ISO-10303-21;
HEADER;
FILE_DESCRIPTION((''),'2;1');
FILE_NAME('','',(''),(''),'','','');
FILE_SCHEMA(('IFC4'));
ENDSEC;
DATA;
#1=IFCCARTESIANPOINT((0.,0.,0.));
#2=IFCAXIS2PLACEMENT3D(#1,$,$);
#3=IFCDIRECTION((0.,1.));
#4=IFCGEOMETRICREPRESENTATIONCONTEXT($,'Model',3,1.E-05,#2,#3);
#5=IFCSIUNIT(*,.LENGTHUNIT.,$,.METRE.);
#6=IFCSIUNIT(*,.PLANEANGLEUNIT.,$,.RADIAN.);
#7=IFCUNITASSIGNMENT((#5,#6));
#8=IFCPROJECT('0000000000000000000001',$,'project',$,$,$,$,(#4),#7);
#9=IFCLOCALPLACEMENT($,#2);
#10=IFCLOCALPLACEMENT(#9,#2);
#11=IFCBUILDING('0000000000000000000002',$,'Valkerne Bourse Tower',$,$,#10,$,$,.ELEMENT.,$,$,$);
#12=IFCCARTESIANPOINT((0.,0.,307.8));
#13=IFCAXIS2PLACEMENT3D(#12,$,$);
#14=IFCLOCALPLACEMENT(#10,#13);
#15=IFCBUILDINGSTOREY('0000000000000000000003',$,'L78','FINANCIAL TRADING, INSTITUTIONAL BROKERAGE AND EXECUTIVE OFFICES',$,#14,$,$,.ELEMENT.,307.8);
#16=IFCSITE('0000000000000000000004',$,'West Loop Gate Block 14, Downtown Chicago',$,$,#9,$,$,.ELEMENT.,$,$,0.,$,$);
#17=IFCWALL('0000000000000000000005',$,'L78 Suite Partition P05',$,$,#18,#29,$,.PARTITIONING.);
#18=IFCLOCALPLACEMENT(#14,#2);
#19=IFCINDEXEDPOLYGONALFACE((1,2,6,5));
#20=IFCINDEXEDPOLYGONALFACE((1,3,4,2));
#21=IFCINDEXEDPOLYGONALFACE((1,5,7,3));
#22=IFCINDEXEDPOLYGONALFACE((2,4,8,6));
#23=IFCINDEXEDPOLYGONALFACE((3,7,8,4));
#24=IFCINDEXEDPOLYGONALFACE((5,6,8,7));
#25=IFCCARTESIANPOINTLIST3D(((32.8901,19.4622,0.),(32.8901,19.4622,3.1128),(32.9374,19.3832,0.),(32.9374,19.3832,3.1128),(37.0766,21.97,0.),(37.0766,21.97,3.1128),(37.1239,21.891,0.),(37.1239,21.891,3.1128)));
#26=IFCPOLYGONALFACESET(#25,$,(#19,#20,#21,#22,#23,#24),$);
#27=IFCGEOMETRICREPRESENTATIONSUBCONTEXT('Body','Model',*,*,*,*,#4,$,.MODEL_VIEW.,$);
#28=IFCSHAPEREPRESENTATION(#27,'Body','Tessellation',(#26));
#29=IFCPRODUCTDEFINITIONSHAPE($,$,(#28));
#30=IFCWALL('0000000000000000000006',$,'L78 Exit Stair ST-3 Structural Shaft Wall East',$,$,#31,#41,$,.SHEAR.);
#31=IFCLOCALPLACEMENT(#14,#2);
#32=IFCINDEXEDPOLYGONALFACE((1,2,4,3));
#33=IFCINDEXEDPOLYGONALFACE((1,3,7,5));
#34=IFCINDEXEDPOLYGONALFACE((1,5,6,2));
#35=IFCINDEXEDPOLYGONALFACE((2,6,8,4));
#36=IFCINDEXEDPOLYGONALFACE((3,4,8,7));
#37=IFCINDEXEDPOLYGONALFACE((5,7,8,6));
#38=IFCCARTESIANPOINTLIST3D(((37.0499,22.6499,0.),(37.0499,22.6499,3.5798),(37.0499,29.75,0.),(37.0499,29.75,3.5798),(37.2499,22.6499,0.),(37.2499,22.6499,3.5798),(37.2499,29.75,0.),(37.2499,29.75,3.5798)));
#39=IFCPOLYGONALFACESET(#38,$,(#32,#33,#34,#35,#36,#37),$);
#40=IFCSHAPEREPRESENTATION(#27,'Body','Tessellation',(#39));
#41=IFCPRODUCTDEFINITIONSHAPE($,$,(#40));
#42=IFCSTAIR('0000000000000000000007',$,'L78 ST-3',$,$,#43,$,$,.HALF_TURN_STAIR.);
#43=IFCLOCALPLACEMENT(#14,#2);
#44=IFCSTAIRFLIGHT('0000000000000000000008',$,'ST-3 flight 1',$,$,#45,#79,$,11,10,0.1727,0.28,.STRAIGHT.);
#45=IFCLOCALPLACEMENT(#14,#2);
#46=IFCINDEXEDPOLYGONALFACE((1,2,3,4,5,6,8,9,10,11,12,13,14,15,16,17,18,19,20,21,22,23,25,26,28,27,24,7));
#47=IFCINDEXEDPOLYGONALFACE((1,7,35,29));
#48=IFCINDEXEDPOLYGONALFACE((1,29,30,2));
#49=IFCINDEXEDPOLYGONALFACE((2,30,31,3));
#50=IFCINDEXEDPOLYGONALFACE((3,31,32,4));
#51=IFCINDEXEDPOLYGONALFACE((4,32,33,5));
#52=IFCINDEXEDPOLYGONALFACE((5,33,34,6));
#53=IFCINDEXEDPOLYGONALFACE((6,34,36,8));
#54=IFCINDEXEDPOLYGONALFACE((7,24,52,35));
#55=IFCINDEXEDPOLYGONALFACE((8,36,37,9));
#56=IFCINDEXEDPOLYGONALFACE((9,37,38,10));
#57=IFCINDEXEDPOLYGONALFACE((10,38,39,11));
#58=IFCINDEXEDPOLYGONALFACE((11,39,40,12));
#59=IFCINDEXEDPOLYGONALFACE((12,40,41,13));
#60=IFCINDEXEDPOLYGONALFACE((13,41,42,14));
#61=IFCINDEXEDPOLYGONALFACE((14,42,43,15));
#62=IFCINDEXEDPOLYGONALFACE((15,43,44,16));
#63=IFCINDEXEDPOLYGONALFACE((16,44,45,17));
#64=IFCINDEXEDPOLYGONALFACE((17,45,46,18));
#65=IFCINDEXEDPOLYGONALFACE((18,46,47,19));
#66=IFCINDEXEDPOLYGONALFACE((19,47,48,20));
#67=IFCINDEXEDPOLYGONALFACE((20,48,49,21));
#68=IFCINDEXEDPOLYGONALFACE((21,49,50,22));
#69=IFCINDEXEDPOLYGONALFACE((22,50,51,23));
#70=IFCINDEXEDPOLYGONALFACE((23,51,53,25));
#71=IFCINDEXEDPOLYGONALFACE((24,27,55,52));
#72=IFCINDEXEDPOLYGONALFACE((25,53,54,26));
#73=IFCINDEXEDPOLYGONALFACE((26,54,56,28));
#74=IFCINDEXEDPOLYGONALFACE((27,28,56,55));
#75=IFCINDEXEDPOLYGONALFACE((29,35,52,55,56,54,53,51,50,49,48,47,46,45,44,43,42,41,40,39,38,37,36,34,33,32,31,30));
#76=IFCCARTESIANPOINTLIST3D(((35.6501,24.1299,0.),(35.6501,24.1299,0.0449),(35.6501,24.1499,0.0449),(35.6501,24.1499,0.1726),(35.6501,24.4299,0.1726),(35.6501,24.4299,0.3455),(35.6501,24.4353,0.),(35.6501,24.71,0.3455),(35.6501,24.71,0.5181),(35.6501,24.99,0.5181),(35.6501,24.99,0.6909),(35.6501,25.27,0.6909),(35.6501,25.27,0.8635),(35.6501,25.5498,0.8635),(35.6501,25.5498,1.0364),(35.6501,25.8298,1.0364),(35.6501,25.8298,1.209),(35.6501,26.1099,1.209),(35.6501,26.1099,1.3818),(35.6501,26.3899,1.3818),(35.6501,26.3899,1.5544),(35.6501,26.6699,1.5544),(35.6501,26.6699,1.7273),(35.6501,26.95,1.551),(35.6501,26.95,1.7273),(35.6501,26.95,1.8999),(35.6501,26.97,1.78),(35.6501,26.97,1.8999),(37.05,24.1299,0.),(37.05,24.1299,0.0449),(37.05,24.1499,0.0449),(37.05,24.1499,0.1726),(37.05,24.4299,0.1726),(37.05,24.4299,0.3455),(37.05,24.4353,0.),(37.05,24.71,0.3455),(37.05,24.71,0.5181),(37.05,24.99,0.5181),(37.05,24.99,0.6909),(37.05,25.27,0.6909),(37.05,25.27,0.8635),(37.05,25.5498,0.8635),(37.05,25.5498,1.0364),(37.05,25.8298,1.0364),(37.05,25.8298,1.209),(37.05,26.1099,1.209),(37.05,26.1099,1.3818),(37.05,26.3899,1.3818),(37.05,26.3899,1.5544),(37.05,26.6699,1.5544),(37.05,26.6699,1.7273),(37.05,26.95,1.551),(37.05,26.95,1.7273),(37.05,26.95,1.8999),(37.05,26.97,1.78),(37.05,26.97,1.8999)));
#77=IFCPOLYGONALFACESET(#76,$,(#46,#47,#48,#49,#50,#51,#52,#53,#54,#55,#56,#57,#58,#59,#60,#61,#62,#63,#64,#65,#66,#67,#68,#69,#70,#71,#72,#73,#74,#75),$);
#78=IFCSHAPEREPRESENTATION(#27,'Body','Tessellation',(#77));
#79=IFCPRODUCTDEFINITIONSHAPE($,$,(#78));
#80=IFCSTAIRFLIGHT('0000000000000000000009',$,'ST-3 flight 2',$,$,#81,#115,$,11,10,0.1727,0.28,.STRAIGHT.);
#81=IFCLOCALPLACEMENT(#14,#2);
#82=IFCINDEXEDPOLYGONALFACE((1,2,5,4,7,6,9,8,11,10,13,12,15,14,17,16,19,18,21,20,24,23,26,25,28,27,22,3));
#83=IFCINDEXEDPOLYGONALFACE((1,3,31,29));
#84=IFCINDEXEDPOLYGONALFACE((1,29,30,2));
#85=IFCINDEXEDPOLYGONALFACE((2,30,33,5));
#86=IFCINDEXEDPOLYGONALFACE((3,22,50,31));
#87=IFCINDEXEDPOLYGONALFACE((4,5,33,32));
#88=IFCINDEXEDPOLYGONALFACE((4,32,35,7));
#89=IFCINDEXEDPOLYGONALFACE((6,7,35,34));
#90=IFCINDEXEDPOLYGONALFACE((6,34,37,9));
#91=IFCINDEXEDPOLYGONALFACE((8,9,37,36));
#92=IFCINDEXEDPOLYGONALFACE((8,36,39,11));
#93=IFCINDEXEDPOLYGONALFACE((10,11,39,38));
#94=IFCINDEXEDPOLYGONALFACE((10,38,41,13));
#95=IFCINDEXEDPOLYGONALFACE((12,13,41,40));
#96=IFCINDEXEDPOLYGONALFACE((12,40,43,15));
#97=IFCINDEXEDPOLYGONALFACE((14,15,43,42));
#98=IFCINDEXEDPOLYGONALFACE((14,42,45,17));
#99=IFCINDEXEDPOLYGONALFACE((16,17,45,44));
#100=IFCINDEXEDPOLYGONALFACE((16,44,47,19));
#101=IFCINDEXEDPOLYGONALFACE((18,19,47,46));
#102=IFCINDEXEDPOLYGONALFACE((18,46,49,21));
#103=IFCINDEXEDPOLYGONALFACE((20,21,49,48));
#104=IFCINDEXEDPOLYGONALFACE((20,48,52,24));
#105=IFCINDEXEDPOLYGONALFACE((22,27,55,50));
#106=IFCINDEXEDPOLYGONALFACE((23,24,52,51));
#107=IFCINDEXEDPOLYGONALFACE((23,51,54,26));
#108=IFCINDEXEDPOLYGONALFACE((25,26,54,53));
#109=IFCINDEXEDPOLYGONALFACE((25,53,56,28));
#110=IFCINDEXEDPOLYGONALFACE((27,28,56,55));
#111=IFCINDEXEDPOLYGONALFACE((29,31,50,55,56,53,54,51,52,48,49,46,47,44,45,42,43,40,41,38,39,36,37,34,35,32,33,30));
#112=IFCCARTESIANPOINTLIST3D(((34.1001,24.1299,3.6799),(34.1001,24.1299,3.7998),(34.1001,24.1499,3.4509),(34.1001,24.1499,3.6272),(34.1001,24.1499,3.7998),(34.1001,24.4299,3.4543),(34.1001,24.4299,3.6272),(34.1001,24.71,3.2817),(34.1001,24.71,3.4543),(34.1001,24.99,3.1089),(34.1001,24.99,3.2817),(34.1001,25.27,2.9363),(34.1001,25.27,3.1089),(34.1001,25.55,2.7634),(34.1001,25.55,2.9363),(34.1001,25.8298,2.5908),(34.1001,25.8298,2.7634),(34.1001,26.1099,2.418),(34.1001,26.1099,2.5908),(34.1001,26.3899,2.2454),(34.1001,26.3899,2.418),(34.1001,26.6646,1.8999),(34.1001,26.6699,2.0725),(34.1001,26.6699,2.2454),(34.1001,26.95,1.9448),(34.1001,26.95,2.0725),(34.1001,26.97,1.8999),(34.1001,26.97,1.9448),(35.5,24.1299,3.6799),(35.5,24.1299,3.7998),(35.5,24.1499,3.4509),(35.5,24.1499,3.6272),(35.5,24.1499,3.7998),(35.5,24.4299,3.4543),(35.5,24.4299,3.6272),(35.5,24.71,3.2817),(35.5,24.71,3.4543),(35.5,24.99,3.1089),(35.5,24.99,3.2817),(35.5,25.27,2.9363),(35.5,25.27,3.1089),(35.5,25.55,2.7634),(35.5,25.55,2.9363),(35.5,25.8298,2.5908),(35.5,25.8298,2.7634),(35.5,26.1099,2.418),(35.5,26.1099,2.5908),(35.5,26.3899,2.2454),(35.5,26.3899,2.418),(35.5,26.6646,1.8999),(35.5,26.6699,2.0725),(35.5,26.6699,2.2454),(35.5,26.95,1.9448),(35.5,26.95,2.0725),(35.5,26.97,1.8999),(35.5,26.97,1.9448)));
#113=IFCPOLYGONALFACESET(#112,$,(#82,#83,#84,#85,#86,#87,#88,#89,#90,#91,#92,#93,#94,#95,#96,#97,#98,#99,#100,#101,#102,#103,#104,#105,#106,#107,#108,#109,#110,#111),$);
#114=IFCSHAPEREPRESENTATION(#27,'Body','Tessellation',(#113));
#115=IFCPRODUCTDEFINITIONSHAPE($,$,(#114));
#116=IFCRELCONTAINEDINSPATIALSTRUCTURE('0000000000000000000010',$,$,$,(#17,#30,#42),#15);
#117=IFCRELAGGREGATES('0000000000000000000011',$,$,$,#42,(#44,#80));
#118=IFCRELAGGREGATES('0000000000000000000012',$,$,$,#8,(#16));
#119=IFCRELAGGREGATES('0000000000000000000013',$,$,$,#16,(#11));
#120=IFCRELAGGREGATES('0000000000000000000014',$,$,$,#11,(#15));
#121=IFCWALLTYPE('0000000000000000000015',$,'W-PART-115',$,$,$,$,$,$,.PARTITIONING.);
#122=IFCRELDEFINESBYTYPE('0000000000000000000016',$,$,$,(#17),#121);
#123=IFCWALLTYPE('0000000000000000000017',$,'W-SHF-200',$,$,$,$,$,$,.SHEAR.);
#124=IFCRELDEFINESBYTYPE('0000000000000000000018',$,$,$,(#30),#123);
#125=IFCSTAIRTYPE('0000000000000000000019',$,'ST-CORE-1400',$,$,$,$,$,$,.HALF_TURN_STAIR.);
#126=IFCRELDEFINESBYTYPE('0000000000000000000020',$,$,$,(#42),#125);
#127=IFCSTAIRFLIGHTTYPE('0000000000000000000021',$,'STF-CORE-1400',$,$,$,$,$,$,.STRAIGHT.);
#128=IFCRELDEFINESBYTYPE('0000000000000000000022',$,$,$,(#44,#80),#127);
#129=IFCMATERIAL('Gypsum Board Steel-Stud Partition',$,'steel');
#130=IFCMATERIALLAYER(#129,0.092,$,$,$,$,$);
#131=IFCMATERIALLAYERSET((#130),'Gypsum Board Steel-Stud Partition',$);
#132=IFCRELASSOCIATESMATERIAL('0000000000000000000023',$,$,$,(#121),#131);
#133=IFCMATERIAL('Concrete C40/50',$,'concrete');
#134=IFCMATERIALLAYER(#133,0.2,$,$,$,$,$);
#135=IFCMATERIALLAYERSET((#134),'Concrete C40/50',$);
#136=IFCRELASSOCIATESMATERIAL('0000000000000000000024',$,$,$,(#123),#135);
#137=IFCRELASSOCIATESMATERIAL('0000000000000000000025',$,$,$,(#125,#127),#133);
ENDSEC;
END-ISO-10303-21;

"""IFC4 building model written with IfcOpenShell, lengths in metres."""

from ifc_helpers import new_model, si_unit, direction, frame, frame_2d, origin, place, context, subcontext, project, spatial, polyline, rectangle, outline, extrude, material, layer, layer_set, type_object, element, aggregate, save


model = new_model("IFC4")

# Units and contexts
model_context = context("Model", 3, precision=1e-05, world=origin(), true_north=direction((0.0, 1.0)))
body_context = subcontext(model_context, "Body", "Model", "MODEL_VIEW")
ifc_project = project(units=[si_unit("LENGTHUNIT", "METRE"), si_unit("PLANEANGLEUNIT", "RADIAN")], contexts=[model_context])

# Site, building, storey
site_placement = place(None, origin())
site = spatial("IfcSite", under=ifc_project, at=site_placement, Name="West Loop Gate Block 14, Downtown Chicago", CompositionType="ELEMENT", RefElevation=0.0)
building_placement = place(site_placement, origin())
building = spatial("IfcBuilding", under=site, at=building_placement, Name="Valkerne Bourse Tower", CompositionType="ELEMENT")
storey_placement = place(building_placement, frame((0.0, 0.0, 307.8)))
storey = spatial("IfcBuildingStorey", under=building, at=storey_placement, Name="L78", Description="FINANCIAL TRADING, INSTITUTIONAL BROKERAGE AND EXECUTIVE OFFICES", CompositionType="ELEMENT", Elevation=307.8)

# Shared definitions
ifc_material_1 = material(Name="Gypsum Board Steel-Stud Partition", Category="steel")

# Walls
ifc_layer_1 = layer(ifc_material_1, 0.092)
ifc_layer_set_1 = layer_set([ifc_layer_1], Name="Gypsum Board Steel-Stud Partition")
wall_type_1 = type_object("IfcWallType", Name="W-PART-115", PredefinedType="PARTITIONING", material=ifc_layer_set_1)
wall_1_placement = place(storey_placement, frame((37.1001, 21.9304, 0.0), z_axis=(0.0, 0.0, 1.0), x_axis=(-0.857863, -0.513878, 0.0)))
element("IfcWall", 1, at=wall_1_placement, inside=storey, type_object=wall_type_1, Name="L78 Suite Partition P05", PredefinedType="PARTITIONING", context=body_context, shape_type="SweptSolid", body=[
    extrude(rectangle(XDim=4.8801, YDim=0.092, at=frame_2d((2.4399, 0.0))), origin(), (0.0, 0.0, 1.0), 3.1128),
])
ifc_material_2 = material(Name="Concrete C40/50", Category="concrete")
ifc_layer_2 = layer(ifc_material_2, 0.2)
ifc_layer_set_2 = layer_set([ifc_layer_2], Name="Concrete C40/50")
wall_type_2 = type_object("IfcWallType", Name="W-SHF-200", PredefinedType="SHEAR", material=ifc_layer_set_2)
wall_2_placement = place(storey_placement, frame((37.1499, 22.6499, 0.0), z_axis=(0.0, 0.0, 1.0), x_axis=(0.0, 1.0, 0.0)))
element("IfcWall", 2, at=wall_2_placement, inside=storey, type_object=wall_type_2, Name="L78 Exit Stair ST-3 Structural Shaft Wall East", PredefinedType="SHEAR", context=body_context, shape_type="SweptSolid", body=[
    extrude(rectangle(XDim=7.1001, YDim=0.2, at=frame_2d((3.55, 0.0))), origin(), (0.0, 0.0, 1.0), 3.5798),
])

# Stair, stair flights
stair_type = type_object("IfcStairType", Name="ST-CORE-1400", PredefinedType="HALF_TURN_STAIR", material=ifc_material_2)
stair_placement = place(storey_placement, origin())
stair = element("IfcStair", 3, at=stair_placement, inside=storey, type_object=stair_type, Name="L78 ST-3", PredefinedType="HALF_TURN_STAIR")
stair_flight_type = type_object("IfcStairFlightType", Name="STF-CORE-1400", PredefinedType="STRAIGHT", material=ifc_material_2)
stair_flight_1_placement = place(storey_placement, frame((36.3501, 24.1499, 0.0), z_axis=(0.0, 0.0, 1.0), x_axis=(0.0, 1.0, 0.0)))
stair_flight_1 = element("IfcStairFlight", 4, at=stair_flight_1_placement, type_object=stair_flight_type, Name="ST-3 flight 1", NumberOfRisers=11, NumberOfTreads=10, PredefinedType="STRAIGHT", RiserHeight=0.1727, TreadLength=0.28, context=body_context, shape_type="SweptSolid", body=[
    extrude(outline(polyline([(-0.02, 0.0), (-0.02, 0.0449), (0.0, 0.0449), (0.0, 0.1726), (0.28, 0.1726), (0.28, 0.3455), (0.5601, 0.3455), (0.5601, 0.5181), (0.8401, 0.5181), (0.8401, 0.6909), (1.1201, 0.6909), (1.1201, 0.8635), (1.3999, 0.8635), (1.3999, 1.0364), (1.6799, 1.0364), (1.6799, 1.209), (1.96, 1.209), (1.96, 1.3818), (2.24, 1.3818), (2.24, 1.5544), (2.52, 1.5544), (2.52, 1.7273), (2.8, 1.7273), (2.8, 1.8999), (2.8201, 1.8999), (2.8201, 1.78), (2.8, 1.551), (0.2854, 0.0), (-0.02, 0.0)])), frame((0.0, 0.7, 0.0), z_axis=(0.0, -1.0, 0.0), x_axis=(1.0, 0.0, 0.0)), (0.0, 0.0, 1.0), 1.3999),
])
stair_flight_2_placement = place(storey_placement, frame((34.8, 26.95, 1.8999), z_axis=(0.0, 0.0, 1.0), x_axis=(0.0, -1.0, 0.0)))
stair_flight_2 = element("IfcStairFlight", 5, at=stair_flight_2_placement, type_object=stair_flight_type, Name="ST-3 flight 2", NumberOfRisers=11, NumberOfTreads=10, PredefinedType="STRAIGHT", RiserHeight=0.1727, TreadLength=0.28, context=body_context, shape_type="SweptSolid", body=[
    extrude(outline(polyline([(-0.02, 0.0), (-0.02, 0.0449), (0.0, 0.0449), (0.0, 0.1726), (0.28, 0.1726), (0.28, 0.3455), (0.5601, 0.3455), (0.5601, 0.5181), (0.8401, 0.5181), (0.8401, 0.6909), (1.1201, 0.6909), (1.1201, 0.8635), (1.3999, 0.8635), (1.3999, 1.0364), (1.6799, 1.0364), (1.6799, 1.209), (1.96, 1.209), (1.96, 1.3818), (2.24, 1.3818), (2.24, 1.5544), (2.52, 1.5544), (2.52, 1.7273), (2.8, 1.7273), (2.8, 1.8999), (2.8201, 1.8999), (2.8201, 1.78), (2.8, 1.551), (0.2854, 0.0), (-0.02, 0.0)])), frame((0.0, 0.7, 0.0), z_axis=(0.0, -1.0, 0.0), x_axis=(1.0, 0.0, 0.0)), (0.0, 0.0, 1.0), 1.3999),
])
aggregate(stair, [stair_flight_1, stair_flight_2])

save(model, "model.ifc")
